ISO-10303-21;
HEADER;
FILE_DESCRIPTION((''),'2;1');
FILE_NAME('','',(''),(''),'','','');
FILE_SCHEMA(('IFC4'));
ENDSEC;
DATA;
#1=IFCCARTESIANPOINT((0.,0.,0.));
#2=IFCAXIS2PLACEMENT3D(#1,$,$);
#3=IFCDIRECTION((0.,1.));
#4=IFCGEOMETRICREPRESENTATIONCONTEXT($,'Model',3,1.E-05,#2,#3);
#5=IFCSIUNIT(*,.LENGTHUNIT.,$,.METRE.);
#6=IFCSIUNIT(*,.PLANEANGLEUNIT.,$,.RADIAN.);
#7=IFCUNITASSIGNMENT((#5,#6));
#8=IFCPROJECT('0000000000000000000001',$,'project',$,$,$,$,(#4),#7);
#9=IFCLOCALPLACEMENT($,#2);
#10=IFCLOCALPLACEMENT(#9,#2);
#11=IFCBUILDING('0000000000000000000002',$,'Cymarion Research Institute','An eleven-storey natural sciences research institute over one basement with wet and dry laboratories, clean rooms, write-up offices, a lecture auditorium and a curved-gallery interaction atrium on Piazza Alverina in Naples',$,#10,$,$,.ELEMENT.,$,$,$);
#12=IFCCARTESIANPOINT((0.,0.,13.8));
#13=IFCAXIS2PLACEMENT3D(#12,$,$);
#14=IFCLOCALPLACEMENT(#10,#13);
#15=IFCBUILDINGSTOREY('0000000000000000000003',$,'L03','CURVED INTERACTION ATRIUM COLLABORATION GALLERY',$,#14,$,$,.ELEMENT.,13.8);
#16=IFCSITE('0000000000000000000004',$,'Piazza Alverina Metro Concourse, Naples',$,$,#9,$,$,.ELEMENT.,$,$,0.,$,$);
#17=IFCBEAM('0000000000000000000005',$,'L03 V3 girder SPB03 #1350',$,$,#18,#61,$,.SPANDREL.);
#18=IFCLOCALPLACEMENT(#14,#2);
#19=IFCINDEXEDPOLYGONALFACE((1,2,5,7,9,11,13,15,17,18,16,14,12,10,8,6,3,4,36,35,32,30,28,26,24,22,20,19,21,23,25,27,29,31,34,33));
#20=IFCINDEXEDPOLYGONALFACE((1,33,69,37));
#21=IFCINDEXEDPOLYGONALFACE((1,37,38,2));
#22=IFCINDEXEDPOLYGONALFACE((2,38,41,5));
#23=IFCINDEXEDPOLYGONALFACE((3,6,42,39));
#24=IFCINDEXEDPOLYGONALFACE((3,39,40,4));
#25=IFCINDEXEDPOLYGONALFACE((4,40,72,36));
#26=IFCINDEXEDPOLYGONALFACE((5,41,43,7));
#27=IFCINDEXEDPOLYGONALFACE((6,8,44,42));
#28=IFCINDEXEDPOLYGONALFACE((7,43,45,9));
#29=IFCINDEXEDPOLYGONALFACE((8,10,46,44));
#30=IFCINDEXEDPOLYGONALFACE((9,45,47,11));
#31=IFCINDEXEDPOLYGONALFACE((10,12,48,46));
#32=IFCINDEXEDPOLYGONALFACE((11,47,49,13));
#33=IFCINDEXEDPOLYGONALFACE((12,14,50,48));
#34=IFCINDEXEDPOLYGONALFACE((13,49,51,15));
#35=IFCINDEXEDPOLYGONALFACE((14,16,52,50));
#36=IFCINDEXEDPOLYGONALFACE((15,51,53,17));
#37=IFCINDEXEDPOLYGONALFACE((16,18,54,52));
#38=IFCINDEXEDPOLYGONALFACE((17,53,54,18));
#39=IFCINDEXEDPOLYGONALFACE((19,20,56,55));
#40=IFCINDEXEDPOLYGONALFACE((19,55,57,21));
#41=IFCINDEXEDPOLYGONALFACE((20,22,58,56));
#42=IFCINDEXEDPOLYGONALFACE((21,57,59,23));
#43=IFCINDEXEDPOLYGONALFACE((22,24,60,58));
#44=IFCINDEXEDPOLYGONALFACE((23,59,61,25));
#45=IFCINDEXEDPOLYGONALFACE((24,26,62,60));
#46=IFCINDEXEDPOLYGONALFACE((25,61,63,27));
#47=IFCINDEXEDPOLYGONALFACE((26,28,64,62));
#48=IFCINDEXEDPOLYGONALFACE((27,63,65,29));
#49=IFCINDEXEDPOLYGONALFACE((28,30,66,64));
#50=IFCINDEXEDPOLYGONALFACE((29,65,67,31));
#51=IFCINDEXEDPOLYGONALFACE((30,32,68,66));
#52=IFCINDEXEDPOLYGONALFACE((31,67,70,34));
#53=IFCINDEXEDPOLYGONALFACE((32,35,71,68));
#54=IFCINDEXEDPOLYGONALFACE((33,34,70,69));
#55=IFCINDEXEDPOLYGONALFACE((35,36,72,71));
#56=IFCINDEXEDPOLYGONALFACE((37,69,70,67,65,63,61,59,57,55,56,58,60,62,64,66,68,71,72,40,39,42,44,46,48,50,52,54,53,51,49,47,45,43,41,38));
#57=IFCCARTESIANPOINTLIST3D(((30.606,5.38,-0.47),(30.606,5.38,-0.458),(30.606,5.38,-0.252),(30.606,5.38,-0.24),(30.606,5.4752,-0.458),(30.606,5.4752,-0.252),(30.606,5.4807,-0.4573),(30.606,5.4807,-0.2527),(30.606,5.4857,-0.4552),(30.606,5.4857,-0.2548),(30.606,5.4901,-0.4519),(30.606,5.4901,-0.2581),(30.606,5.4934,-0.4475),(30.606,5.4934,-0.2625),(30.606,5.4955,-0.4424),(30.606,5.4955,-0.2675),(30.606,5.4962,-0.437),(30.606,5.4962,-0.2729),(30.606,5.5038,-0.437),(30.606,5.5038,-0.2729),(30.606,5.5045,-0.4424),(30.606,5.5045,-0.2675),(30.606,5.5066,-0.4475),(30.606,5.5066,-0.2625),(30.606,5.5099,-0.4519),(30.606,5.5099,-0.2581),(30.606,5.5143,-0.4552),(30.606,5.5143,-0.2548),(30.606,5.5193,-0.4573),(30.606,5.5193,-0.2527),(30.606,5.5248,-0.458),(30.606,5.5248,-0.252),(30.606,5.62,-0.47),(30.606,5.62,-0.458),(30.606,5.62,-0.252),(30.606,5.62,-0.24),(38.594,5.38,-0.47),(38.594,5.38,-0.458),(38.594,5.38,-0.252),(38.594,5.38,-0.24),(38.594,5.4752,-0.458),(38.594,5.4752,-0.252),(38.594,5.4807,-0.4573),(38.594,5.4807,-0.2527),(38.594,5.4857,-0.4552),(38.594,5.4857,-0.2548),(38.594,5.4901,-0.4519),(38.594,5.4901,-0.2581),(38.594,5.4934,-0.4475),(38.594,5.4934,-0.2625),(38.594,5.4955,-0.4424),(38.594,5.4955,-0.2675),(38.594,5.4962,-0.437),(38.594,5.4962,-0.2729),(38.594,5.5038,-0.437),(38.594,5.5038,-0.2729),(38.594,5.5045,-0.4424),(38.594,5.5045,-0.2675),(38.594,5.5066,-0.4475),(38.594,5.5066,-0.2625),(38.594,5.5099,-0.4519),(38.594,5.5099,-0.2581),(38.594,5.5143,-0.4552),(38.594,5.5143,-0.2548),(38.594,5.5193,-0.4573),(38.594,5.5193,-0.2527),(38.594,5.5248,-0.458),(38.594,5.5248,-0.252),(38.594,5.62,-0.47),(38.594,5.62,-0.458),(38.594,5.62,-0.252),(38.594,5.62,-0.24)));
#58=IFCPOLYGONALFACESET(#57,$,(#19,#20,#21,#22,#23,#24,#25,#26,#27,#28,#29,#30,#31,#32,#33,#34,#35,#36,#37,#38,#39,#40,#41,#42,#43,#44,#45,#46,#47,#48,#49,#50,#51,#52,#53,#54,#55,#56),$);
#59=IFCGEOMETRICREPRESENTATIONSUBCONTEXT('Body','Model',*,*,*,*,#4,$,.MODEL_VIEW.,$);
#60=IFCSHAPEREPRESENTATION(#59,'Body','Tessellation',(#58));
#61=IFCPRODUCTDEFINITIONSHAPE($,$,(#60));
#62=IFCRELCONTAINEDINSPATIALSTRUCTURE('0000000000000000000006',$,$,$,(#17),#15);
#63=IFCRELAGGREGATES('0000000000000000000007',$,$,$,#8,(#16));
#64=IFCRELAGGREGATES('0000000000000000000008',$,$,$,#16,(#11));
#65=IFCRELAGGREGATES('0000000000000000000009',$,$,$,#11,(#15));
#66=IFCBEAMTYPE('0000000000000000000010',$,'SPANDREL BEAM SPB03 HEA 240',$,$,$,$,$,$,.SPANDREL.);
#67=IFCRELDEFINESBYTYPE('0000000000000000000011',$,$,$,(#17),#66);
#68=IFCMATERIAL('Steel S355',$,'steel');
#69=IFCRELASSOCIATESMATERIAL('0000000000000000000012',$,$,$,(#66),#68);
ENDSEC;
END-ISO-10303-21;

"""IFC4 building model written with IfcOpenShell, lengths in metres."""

from ifc_helpers import new_model, si_unit, direction, frame, origin, origin_2d, place, context, subcontext, project, spatial, i_section, extrude, material, material_profile, profile_set, type_object, element, save


model = new_model("IFC4")

# Units and contexts
model_context = context("Model", 3, precision=1e-05, world=origin(), true_north=direction((0.0, 1.0)))
body_context = subcontext(model_context, "Body", "Model", "MODEL_VIEW")
ifc_project = project(units=[si_unit("LENGTHUNIT", "METRE"), si_unit("PLANEANGLEUNIT", "RADIAN")], contexts=[model_context])

# Site, building, storey
site_placement = place(None, origin())
site = spatial("IfcSite", under=ifc_project, at=site_placement, Name="Piazza Alverina Metro Concourse, Naples", CompositionType="ELEMENT", RefElevation=0.0)
building_placement = place(site_placement, origin())
building = spatial("IfcBuilding", under=site, at=building_placement, Name="Cymarion Research Institute", Description="An eleven-storey natural sciences research institute over one basement with wet and dry laboratories, clean rooms, write-up offices, a lecture auditorium and a curved-gallery interaction atrium on Piazza Alverina in Naples", CompositionType="ELEMENT")
storey_placement = place(building_placement, frame((0.0, 0.0, 13.8)))
storey = spatial("IfcBuildingStorey", under=building, at=storey_placement, Name="L03", Description="CURVED INTERACTION ATRIUM COLLABORATION GALLERY", CompositionType="ELEMENT", Elevation=13.8)

# Beam
ifc_material = material(Name="Steel S355", Category="steel")
ifc_material_profile_1 = material_profile(ifc_material, i_section(OverallWidth=0.24, OverallDepth=0.23, WebThickness=0.0076, FlangeThickness=0.012, FilletRadius=0.021, at=origin_2d()), Name="HEA 240")
ifc_profile_set_1 = profile_set([ifc_material_profile_1], Name="Steel S355")
beam_type_1 = type_object("IfcBeamType", Name="SPANDREL BEAM SPB03 HEA 240", PredefinedType="SPANDREL", material=ifc_profile_set_1)
for number, where, z_axis, x_axis, name in (
    (1, (30.606, 5.5, -0.355), (1.0, 0.0, 0.0), (0.0, 1.0, 0.0), "L03 V3 girder SPB03 #1350"),
):
    element("IfcBeam", number, at=place(storey_placement, frame(where, z_axis=z_axis, x_axis=x_axis)), inside=storey, type_object=beam_type_1, Name=name, PredefinedType="SPANDREL", context=body_context, shape_type="SweptSolid", body=[
        extrude(i_section(OverallWidth=0.24, OverallDepth=0.23, WebThickness=0.0076, FlangeThickness=0.012, FilletRadius=0.021, at=origin_2d()), origin(), (0.0, 0.0, 1.0), 7.988),
    ])

save(model, "model.ifc")
